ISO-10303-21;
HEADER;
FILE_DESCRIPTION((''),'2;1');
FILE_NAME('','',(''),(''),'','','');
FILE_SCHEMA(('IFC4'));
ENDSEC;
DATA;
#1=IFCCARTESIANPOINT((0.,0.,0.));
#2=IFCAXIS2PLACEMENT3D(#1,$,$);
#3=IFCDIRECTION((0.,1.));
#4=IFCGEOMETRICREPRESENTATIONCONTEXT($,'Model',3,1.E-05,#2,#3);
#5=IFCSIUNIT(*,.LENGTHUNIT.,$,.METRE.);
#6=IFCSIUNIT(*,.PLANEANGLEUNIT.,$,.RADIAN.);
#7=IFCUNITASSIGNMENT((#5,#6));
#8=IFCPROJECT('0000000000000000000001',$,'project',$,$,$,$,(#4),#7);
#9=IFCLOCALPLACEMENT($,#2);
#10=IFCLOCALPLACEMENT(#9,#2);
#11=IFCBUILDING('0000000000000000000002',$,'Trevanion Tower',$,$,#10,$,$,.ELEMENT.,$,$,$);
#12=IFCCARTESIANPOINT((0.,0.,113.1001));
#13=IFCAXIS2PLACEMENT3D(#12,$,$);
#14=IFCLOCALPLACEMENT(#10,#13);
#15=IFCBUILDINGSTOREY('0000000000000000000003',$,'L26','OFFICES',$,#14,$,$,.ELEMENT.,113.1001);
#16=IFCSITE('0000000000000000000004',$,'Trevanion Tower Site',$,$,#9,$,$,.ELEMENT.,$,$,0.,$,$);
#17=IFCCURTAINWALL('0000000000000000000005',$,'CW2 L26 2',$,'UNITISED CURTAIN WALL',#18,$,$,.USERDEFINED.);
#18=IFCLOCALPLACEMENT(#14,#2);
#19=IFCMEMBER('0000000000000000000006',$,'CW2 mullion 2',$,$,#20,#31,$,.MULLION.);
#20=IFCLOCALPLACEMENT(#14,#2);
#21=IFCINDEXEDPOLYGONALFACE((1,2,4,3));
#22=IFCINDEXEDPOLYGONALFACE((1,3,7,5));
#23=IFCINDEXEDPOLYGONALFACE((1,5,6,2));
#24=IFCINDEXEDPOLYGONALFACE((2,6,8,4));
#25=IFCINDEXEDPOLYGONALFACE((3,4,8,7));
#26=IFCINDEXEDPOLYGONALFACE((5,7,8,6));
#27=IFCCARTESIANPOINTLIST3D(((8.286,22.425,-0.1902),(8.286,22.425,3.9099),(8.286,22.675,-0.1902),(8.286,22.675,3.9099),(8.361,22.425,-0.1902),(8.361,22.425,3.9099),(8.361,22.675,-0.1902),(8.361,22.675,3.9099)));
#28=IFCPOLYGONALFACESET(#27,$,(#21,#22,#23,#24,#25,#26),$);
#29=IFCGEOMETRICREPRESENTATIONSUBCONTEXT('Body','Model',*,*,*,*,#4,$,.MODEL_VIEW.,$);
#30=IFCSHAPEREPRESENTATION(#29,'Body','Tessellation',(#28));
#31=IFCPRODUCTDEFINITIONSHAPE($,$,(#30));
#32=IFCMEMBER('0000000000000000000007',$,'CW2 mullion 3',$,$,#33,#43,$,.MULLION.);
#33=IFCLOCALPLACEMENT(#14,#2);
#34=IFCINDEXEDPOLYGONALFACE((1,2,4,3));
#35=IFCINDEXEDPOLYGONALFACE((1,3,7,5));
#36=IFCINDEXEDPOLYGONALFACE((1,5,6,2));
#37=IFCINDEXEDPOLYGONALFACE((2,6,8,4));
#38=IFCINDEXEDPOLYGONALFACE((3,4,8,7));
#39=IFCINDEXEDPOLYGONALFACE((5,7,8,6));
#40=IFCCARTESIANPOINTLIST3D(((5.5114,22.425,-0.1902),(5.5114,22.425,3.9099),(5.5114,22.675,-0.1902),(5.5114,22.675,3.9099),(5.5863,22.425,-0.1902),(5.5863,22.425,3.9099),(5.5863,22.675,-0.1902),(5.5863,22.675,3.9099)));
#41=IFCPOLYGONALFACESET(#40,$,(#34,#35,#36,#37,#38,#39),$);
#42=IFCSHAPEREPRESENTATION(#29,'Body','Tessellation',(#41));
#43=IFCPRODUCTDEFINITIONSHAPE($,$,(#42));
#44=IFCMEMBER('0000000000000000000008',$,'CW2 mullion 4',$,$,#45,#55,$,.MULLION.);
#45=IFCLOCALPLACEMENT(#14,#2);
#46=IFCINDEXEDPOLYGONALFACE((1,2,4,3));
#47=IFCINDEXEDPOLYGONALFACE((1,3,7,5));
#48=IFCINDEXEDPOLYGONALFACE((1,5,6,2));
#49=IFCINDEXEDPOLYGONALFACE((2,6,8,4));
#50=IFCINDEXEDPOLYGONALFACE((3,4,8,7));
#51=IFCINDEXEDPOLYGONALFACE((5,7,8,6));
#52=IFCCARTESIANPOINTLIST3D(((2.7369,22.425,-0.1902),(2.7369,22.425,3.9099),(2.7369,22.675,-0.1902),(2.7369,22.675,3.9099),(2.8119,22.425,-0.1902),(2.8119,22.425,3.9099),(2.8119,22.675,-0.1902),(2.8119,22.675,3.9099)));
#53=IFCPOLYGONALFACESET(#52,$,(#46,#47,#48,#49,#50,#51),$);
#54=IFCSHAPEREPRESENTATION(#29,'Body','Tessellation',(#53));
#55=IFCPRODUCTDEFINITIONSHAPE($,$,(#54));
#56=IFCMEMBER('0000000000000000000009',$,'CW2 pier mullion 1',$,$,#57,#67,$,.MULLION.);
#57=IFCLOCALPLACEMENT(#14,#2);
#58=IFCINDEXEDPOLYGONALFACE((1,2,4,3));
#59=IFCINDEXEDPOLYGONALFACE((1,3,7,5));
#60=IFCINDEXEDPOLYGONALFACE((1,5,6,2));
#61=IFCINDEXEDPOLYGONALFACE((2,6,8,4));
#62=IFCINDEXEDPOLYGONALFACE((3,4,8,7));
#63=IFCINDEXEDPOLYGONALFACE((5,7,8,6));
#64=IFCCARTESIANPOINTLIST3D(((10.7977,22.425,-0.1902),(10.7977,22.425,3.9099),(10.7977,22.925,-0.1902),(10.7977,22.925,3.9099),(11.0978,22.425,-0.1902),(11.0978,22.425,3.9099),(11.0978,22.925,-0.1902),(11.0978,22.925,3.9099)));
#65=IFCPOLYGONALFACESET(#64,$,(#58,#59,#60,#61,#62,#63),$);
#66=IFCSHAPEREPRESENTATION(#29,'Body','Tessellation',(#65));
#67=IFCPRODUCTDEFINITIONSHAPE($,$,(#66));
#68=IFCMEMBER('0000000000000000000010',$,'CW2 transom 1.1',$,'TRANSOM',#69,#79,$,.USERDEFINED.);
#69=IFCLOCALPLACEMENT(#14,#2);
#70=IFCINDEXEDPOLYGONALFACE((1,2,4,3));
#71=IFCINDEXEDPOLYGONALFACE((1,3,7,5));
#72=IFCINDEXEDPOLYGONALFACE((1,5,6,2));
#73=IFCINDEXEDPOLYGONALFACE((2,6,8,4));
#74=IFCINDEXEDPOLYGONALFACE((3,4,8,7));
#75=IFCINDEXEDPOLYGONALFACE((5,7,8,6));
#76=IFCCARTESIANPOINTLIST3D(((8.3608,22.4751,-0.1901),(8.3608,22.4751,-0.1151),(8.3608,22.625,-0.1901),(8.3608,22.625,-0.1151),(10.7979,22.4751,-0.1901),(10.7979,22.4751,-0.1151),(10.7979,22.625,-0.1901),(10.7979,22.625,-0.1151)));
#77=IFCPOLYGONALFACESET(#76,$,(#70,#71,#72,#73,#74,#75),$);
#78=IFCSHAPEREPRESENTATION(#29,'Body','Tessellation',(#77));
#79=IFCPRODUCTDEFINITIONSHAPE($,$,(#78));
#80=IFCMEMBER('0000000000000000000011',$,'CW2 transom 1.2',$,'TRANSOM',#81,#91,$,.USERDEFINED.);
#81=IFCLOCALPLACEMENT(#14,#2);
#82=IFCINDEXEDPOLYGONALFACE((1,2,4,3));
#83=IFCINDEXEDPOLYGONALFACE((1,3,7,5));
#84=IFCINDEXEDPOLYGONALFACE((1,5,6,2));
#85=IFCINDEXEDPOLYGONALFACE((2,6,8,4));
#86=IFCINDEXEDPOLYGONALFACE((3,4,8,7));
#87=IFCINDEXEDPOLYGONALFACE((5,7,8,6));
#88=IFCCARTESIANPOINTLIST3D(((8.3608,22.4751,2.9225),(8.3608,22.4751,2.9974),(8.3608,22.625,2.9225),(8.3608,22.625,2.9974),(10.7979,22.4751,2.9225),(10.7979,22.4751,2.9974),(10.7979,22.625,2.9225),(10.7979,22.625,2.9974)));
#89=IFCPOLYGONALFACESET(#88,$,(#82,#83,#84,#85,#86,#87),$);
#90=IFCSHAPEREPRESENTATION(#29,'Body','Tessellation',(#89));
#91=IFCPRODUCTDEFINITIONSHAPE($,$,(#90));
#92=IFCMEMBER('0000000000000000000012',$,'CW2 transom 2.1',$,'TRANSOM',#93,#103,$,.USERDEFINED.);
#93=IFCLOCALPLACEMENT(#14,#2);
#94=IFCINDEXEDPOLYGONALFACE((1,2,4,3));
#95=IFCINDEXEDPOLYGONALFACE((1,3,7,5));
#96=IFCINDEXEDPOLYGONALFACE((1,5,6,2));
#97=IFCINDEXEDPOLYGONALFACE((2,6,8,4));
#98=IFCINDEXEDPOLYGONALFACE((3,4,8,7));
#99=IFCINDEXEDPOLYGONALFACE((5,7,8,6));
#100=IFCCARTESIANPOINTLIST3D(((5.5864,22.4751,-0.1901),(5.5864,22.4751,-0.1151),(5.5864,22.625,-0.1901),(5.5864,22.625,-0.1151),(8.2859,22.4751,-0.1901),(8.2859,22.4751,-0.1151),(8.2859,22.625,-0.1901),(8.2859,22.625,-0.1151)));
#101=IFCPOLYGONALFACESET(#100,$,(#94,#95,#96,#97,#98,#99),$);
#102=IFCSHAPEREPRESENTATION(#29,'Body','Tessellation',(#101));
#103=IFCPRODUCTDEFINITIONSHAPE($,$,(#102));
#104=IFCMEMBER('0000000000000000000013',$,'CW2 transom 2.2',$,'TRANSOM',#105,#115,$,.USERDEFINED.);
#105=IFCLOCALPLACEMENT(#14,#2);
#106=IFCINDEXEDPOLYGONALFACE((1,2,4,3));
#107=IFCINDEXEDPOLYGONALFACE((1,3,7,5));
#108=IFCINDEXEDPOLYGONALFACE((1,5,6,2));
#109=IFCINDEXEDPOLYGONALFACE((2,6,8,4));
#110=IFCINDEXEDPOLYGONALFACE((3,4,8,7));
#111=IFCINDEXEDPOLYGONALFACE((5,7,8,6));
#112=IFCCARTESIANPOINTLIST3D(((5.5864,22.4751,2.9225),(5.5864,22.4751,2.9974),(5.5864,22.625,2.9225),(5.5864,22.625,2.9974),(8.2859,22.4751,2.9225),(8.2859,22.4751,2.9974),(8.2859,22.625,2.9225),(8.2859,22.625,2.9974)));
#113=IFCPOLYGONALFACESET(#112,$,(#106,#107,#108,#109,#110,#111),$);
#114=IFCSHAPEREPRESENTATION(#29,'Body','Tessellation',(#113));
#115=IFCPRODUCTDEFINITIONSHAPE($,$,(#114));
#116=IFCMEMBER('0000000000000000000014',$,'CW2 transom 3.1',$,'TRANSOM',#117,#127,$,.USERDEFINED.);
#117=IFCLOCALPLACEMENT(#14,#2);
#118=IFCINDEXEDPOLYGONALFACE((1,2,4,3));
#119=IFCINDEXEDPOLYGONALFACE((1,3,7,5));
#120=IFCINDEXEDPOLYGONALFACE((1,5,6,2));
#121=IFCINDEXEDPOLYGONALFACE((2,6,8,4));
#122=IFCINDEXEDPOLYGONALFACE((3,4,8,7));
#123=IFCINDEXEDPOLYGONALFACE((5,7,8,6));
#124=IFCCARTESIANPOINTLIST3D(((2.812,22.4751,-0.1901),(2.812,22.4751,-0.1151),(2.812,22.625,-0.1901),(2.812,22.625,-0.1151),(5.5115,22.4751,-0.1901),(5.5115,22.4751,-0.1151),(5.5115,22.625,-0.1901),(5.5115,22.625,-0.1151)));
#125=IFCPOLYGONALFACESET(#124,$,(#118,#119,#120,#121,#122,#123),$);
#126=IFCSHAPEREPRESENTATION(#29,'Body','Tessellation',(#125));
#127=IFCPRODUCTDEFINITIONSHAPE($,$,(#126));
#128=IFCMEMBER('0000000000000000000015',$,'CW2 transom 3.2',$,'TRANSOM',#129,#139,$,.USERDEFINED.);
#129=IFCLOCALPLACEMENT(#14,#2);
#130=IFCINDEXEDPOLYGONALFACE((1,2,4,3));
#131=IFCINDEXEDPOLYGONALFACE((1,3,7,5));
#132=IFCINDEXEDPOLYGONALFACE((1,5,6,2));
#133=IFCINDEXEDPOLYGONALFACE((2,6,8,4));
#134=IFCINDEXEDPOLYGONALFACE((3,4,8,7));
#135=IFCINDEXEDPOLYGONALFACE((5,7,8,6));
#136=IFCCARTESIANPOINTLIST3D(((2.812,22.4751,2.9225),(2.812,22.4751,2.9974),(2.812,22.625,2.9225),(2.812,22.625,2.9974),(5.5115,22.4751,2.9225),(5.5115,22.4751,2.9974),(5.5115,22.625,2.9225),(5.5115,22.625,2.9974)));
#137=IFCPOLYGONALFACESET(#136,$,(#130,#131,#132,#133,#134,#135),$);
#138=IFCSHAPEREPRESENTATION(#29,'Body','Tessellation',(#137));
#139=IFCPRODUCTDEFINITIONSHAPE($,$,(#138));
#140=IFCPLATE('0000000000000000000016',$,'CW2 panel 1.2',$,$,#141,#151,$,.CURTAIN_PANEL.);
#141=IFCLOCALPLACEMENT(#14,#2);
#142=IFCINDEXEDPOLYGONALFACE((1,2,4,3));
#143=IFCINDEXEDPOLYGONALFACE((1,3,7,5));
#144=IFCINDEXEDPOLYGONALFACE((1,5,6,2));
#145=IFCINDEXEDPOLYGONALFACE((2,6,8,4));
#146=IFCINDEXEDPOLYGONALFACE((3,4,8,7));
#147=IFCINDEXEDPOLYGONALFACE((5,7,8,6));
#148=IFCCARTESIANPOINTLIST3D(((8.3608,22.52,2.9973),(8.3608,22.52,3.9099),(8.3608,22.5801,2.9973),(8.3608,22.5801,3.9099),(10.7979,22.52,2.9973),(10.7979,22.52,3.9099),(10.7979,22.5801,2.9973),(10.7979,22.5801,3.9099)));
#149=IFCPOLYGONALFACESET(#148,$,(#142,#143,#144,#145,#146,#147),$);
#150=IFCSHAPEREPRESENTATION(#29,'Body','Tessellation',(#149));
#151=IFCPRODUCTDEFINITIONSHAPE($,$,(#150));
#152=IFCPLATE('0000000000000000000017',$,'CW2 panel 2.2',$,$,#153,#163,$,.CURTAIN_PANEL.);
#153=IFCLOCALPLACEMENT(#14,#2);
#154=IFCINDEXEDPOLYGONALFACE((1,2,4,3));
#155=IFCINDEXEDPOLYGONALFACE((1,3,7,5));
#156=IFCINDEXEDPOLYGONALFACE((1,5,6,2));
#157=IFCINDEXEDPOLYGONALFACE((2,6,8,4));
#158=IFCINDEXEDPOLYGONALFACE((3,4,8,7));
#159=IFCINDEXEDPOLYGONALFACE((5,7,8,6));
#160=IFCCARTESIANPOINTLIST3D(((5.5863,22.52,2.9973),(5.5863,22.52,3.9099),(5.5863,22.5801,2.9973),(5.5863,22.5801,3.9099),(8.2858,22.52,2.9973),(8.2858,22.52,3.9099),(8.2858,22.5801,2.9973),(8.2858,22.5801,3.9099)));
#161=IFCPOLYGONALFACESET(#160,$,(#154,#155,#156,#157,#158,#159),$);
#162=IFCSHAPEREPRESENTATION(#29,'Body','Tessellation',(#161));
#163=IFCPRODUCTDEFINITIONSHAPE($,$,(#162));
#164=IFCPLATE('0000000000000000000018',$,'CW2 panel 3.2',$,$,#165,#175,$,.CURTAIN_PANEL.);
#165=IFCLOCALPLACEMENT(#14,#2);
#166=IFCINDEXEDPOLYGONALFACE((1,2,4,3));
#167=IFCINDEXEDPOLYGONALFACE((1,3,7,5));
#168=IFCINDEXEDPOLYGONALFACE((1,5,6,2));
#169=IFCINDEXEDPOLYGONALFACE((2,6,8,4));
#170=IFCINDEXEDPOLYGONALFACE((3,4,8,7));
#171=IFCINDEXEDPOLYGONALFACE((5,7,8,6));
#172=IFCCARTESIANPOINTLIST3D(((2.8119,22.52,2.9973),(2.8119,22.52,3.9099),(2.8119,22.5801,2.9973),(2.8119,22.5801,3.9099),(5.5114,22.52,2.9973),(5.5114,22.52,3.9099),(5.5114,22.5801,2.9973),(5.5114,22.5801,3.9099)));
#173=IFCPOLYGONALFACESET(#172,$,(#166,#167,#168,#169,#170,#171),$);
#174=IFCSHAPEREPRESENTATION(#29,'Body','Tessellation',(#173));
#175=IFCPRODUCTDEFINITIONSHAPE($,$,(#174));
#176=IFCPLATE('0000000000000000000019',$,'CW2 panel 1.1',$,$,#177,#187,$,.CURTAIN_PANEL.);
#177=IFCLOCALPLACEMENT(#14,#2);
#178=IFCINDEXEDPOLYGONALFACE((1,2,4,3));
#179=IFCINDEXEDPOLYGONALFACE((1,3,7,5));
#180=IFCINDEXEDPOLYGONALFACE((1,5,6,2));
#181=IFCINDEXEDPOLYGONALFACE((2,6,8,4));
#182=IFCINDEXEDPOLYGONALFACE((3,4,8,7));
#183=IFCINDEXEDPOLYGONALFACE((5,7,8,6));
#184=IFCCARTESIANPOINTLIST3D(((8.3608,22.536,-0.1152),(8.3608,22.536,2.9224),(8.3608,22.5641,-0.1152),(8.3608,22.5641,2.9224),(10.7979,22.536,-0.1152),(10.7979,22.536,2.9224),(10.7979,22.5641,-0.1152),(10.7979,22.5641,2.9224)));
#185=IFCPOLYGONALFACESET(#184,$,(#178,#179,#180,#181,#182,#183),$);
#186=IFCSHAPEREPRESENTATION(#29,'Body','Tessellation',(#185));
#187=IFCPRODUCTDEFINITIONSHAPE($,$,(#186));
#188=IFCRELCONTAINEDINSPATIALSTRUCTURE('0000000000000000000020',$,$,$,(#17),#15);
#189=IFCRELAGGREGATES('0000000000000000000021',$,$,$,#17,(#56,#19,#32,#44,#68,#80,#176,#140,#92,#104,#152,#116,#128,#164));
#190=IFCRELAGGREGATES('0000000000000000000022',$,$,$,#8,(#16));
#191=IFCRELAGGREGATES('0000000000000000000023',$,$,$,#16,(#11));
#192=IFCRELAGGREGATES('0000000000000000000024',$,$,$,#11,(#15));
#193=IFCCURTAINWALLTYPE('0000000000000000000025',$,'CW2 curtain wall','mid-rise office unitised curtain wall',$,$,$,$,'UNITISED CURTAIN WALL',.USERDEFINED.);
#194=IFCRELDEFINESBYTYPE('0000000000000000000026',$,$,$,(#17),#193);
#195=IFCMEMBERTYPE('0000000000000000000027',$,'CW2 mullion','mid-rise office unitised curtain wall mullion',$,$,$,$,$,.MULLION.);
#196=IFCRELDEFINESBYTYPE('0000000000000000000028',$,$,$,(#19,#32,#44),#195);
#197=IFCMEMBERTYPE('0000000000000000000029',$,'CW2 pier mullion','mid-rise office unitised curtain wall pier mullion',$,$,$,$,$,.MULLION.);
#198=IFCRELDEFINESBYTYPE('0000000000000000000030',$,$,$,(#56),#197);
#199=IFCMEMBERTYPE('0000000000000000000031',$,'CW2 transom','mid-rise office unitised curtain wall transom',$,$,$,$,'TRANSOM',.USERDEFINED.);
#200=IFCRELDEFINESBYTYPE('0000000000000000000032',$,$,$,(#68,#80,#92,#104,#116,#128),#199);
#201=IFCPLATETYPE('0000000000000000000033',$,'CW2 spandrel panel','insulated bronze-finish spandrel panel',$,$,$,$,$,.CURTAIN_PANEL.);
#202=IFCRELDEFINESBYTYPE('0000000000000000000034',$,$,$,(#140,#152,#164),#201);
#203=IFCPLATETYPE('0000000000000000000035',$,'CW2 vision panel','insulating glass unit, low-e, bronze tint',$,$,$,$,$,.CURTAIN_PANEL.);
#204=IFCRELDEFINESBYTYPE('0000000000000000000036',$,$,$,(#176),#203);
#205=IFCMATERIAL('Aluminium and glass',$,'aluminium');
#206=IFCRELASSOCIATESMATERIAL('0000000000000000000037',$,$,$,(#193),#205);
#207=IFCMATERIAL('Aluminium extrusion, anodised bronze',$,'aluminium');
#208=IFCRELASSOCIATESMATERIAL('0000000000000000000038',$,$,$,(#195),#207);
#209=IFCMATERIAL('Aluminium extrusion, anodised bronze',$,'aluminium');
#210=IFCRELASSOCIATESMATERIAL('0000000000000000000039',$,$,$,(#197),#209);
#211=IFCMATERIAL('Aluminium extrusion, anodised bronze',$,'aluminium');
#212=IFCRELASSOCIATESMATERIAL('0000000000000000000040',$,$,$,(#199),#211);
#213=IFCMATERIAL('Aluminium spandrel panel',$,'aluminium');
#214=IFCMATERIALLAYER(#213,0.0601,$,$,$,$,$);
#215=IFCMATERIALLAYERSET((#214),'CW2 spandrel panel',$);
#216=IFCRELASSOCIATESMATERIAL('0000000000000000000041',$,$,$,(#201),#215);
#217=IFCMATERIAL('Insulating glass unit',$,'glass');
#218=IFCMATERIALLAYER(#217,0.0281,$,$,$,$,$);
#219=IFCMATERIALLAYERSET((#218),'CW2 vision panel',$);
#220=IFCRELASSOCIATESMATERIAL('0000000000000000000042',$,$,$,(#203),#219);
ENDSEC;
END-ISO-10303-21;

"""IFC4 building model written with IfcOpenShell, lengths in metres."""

from ifc_helpers import new_model, si_unit, direction, frame, origin, origin_2d, place, context, subcontext, project, spatial, rectangle, extrude, material, layer, layer_set, material_profile, profile_set, type_object, element, aggregate, save


model = new_model("IFC4")

# Units and contexts
model_context = context("Model", 3, precision=1e-05, world=origin(), true_north=direction((0.0, 1.0)))
body_context = subcontext(model_context, "Body", "Model", "MODEL_VIEW")
ifc_project = project(units=[si_unit("LENGTHUNIT", "METRE"), si_unit("PLANEANGLEUNIT", "RADIAN")], contexts=[model_context])

# Site, building, storey
site_placement = place(None, origin())
site = spatial("IfcSite", under=ifc_project, at=site_placement, Name="Trevanion Tower Site", CompositionType="ELEMENT", RefElevation=0.0)
building_placement = place(site_placement, origin())
building = spatial("IfcBuilding", under=site, at=building_placement, Name="Trevanion Tower", CompositionType="ELEMENT")
storey_placement = place(building_placement, frame((0.0, 0.0, 113.1001)))
storey = spatial("IfcBuildingStorey", under=building, at=storey_placement, Name="L26", Description="OFFICES", CompositionType="ELEMENT", Elevation=113.1001)

# Curtain wall, members, plates
ifc_material_1 = material(Name="Aluminium and glass", Category="aluminium")
curtain_wall_type = type_object("IfcCurtainWallType", Name="CW2 curtain wall", Description="mid-rise office unitised curtain wall", ElementType="UNITISED CURTAIN WALL", PredefinedType="USERDEFINED", material=ifc_material_1)
curtain_wall_placement = place(storey_placement, origin())
curtain_wall = element("IfcCurtainWall", 1, at=curtain_wall_placement, inside=storey, type_object=curtain_wall_type, Name="CW2 L26 2", ObjectType="UNITISED CURTAIN WALL", PredefinedType="USERDEFINED")
ifc_material_2 = material(Name="Aluminium extrusion, anodised bronze", Category="aluminium")
ifc_material_profile_1 = material_profile(ifc_material_2, rectangle(XDim=0.075, YDim=0.25, at=origin_2d()), Name="CW2 mullion")
ifc_profile_set_1 = profile_set([ifc_material_profile_1], Name="Aluminium extrusion, anodised bronze")
member_type_1 = type_object("IfcMemberType", Name="CW2 mullion", Description="mid-rise office unitised curtain wall mullion", PredefinedType="MULLION", material=ifc_profile_set_1)
member_1_placement = place(storey_placement, frame((8.3235, 22.55, -0.1902), z_axis=(0.0, 0.0, 1.0), x_axis=(-1.0, 0.0, 0.0)))
member_1 = element("IfcMember", 2, at=member_1_placement, type_object=member_type_1, Name="CW2 mullion 2", PredefinedType="MULLION", context=body_context, shape_type="SweptSolid", body=[
    extrude(rectangle(XDim=0.075, YDim=0.25, at=origin_2d()), origin(), (0.0, 0.0, 1.0), 4.1001),
])
member_2_placement = place(storey_placement, frame((5.5488, 22.55, -0.1902), z_axis=(0.0, 0.0, 1.0), x_axis=(-1.0, 0.0, 0.0)))
member_2 = element("IfcMember", 3, at=member_2_placement, type_object=member_type_1, Name="CW2 mullion 3", PredefinedType="MULLION", context=body_context, shape_type="SweptSolid", body=[
    extrude(rectangle(XDim=0.075, YDim=0.25, at=origin_2d()), origin(), (0.0, 0.0, 1.0), 4.1001),
])
member_3_placement = place(storey_placement, frame((2.7744, 22.55, -0.1902), z_axis=(0.0, 0.0, 1.0), x_axis=(-1.0, 0.0, 0.0)))
member_3 = element("IfcMember", 4, at=member_3_placement, type_object=member_type_1, Name="CW2 mullion 4", PredefinedType="MULLION", context=body_context, shape_type="SweptSolid", body=[
    extrude(rectangle(XDim=0.075, YDim=0.25, at=origin_2d()), origin(), (0.0, 0.0, 1.0), 4.1001),
])
ifc_material_3 = material(Name="Aluminium extrusion, anodised bronze", Category="aluminium")
ifc_material_profile_2 = material_profile(ifc_material_3, rectangle(XDim=0.3, YDim=0.5, at=origin_2d()), Name="CW2 pier mullion")
ifc_profile_set_2 = profile_set([ifc_material_profile_2], Name="Aluminium extrusion, anodised bronze")
member_type_2 = type_object("IfcMemberType", Name="CW2 pier mullion", Description="mid-rise office unitised curtain wall pier mullion", PredefinedType="MULLION", material=ifc_profile_set_2)
member_4_placement = place(storey_placement, frame((10.9478, 22.675, -0.1902), z_axis=(0.0, 0.0, 1.0), x_axis=(-1.0, 0.0, 0.0)))
member_4 = element("IfcMember", 5, at=member_4_placement, type_object=member_type_2, Name="CW2 pier mullion 1", PredefinedType="MULLION", context=body_context, shape_type="SweptSolid", body=[
    extrude(rectangle(XDim=0.3, YDim=0.5, at=origin_2d()), origin(), (0.0, 0.0, 1.0), 4.1001),
])
ifc_material_4 = material(Name="Aluminium extrusion, anodised bronze", Category="aluminium")
ifc_material_profile_3 = material_profile(ifc_material_4, rectangle(XDim=0.1499, YDim=0.075, at=origin_2d()), Name="CW2 transom")
ifc_profile_set_3 = profile_set([ifc_material_profile_3], Name="Aluminium extrusion, anodised bronze")
member_type_3 = type_object("IfcMemberType", Name="CW2 transom", Description="mid-rise office unitised curtain wall transom", ElementType="TRANSOM", PredefinedType="USERDEFINED", material=ifc_profile_set_3)
member_5_placement = place(storey_placement, frame((10.7979, 22.55, -0.1526), z_axis=(-1.0, 0.0, 0.0), x_axis=(0.0, -1.0, 0.0)))
member_5 = element("IfcMember", 6, at=member_5_placement, type_object=member_type_3, Name="CW2 transom 1.1", ObjectType="TRANSOM", PredefinedType="USERDEFINED", context=body_context, shape_type="SweptSolid", body=[
    extrude(rectangle(XDim=0.1499, YDim=0.075, at=origin_2d()), origin(), (0.0, 0.0, 1.0), 2.437),
])
member_6_placement = place(storey_placement, frame((10.7979, 22.55, 2.96), z_axis=(-1.0, 0.0, 0.0), x_axis=(0.0, -1.0, 0.0)))
member_6 = element("IfcMember", 7, at=member_6_placement, type_object=member_type_3, Name="CW2 transom 1.2", ObjectType="TRANSOM", PredefinedType="USERDEFINED", context=body_context, shape_type="SweptSolid", body=[
    extrude(rectangle(XDim=0.1499, YDim=0.075, at=origin_2d()), origin(), (0.0, 0.0, 1.0), 2.437),
])
member_7_placement = place(storey_placement, frame((8.2859, 22.55, -0.1526), z_axis=(-1.0, 0.0, 0.0), x_axis=(0.0, -1.0, 0.0)))
member_7 = element("IfcMember", 8, at=member_7_placement, type_object=member_type_3, Name="CW2 transom 2.1", ObjectType="TRANSOM", PredefinedType="USERDEFINED", context=body_context, shape_type="SweptSolid", body=[
    extrude(rectangle(XDim=0.1499, YDim=0.075, at=origin_2d()), origin(), (0.0, 0.0, 1.0), 2.6995),
])
member_8_placement = place(storey_placement, frame((8.2859, 22.55, 2.96), z_axis=(-1.0, 0.0, 0.0), x_axis=(0.0, -1.0, 0.0)))
member_8 = element("IfcMember", 9, at=member_8_placement, type_object=member_type_3, Name="CW2 transom 2.2", ObjectType="TRANSOM", PredefinedType="USERDEFINED", context=body_context, shape_type="SweptSolid", body=[
    extrude(rectangle(XDim=0.1499, YDim=0.075, at=origin_2d()), origin(), (0.0, 0.0, 1.0), 2.6995),
])
member_9_placement = place(storey_placement, frame((5.5115, 22.55, -0.1526), z_axis=(-1.0, 0.0, 0.0), x_axis=(0.0, -1.0, 0.0)))
member_9 = element("IfcMember", 10, at=member_9_placement, type_object=member_type_3, Name="CW2 transom 3.1", ObjectType="TRANSOM", PredefinedType="USERDEFINED", context=body_context, shape_type="SweptSolid", body=[
    extrude(rectangle(XDim=0.1499, YDim=0.075, at=origin_2d()), origin(), (0.0, 0.0, 1.0), 2.6995),
])
member_10_placement = place(storey_placement, frame((5.5115, 22.55, 2.96), z_axis=(-1.0, 0.0, 0.0), x_axis=(0.0, -1.0, 0.0)))
member_10 = element("IfcMember", 11, at=member_10_placement, type_object=member_type_3, Name="CW2 transom 3.2", ObjectType="TRANSOM", PredefinedType="USERDEFINED", context=body_context, shape_type="SweptSolid", body=[
    extrude(rectangle(XDim=0.1499, YDim=0.075, at=origin_2d()), origin(), (0.0, 0.0, 1.0), 2.6995),
])
ifc_material_5 = material(Name="Aluminium spandrel panel", Category="aluminium")
ifc_layer_1 = layer(ifc_material_5, 0.0601)
ifc_layer_set_1 = layer_set([ifc_layer_1], Name="CW2 spandrel panel")
plate_type_1 = type_object("IfcPlateType", Name="CW2 spandrel panel", Description="insulated bronze-finish spandrel panel", PredefinedType="CURTAIN_PANEL", material=ifc_layer_set_1)
plate_1_placement = place(storey_placement, frame((9.5793, 22.55, 2.9973), z_axis=(0.0, 0.0, 1.0), x_axis=(-1.0, 0.0, 0.0)))
plate_1 = element("IfcPlate", 12, at=plate_1_placement, type_object=plate_type_1, Name="CW2 panel 1.2", PredefinedType="CURTAIN_PANEL", context=body_context, shape_type="SweptSolid", body=[
    extrude(rectangle(XDim=2.437, YDim=0.0601, at=origin_2d()), origin(), (0.0, 0.0, 1.0), 0.9126),
])
plate_2_placement = place(storey_placement, frame((6.936, 22.55, 2.9973), z_axis=(0.0, 0.0, 1.0), x_axis=(-1.0, 0.0, 0.0)))
plate_2 = element("IfcPlate", 13, at=plate_2_placement, type_object=plate_type_1, Name="CW2 panel 2.2", PredefinedType="CURTAIN_PANEL", context=body_context, shape_type="SweptSolid", body=[
    extrude(rectangle(XDim=2.6995, YDim=0.0601, at=origin_2d()), origin(), (0.0, 0.0, 1.0), 0.9126),
])
plate_3_placement = place(storey_placement, frame((4.1616, 22.55, 2.9973), z_axis=(0.0, 0.0, 1.0), x_axis=(-1.0, 0.0, 0.0)))
plate_3 = element("IfcPlate", 14, at=plate_3_placement, type_object=plate_type_1, Name="CW2 panel 3.2", PredefinedType="CURTAIN_PANEL", context=body_context, shape_type="SweptSolid", body=[
    extrude(rectangle(XDim=2.6995, YDim=0.0601, at=origin_2d()), origin(), (0.0, 0.0, 1.0), 0.9126),
])
ifc_material_6 = material(Name="Insulating glass unit", Category="glass")
ifc_layer_2 = layer(ifc_material_6, 0.0281)
ifc_layer_set_2 = layer_set([ifc_layer_2], Name="CW2 vision panel")
plate_type_2 = type_object("IfcPlateType", Name="CW2 vision panel", Description="insulating glass unit, low-e, bronze tint", PredefinedType="CURTAIN_PANEL", material=ifc_layer_set_2)
plate_4_placement = place(storey_placement, frame((9.5793, 22.55, -0.1152), z_axis=(0.0, 0.0, 1.0), x_axis=(-1.0, 0.0, 0.0)))
plate_4 = element("IfcPlate", 15, at=plate_4_placement, type_object=plate_type_2, Name="CW2 panel 1.1", PredefinedType="CURTAIN_PANEL", context=body_context, shape_type="SweptSolid", body=[
    extrude(rectangle(XDim=2.437, YDim=0.0281, at=origin_2d()), origin(), (0.0, 0.0, 1.0), 3.0376),
])
aggregate(curtain_wall, [member_4, member_1, member_2, member_3, member_5, member_6, plate_4, plate_1, member_7, member_8, plate_2, member_9, member_10, plate_3])

save(model, "model.ifc")
